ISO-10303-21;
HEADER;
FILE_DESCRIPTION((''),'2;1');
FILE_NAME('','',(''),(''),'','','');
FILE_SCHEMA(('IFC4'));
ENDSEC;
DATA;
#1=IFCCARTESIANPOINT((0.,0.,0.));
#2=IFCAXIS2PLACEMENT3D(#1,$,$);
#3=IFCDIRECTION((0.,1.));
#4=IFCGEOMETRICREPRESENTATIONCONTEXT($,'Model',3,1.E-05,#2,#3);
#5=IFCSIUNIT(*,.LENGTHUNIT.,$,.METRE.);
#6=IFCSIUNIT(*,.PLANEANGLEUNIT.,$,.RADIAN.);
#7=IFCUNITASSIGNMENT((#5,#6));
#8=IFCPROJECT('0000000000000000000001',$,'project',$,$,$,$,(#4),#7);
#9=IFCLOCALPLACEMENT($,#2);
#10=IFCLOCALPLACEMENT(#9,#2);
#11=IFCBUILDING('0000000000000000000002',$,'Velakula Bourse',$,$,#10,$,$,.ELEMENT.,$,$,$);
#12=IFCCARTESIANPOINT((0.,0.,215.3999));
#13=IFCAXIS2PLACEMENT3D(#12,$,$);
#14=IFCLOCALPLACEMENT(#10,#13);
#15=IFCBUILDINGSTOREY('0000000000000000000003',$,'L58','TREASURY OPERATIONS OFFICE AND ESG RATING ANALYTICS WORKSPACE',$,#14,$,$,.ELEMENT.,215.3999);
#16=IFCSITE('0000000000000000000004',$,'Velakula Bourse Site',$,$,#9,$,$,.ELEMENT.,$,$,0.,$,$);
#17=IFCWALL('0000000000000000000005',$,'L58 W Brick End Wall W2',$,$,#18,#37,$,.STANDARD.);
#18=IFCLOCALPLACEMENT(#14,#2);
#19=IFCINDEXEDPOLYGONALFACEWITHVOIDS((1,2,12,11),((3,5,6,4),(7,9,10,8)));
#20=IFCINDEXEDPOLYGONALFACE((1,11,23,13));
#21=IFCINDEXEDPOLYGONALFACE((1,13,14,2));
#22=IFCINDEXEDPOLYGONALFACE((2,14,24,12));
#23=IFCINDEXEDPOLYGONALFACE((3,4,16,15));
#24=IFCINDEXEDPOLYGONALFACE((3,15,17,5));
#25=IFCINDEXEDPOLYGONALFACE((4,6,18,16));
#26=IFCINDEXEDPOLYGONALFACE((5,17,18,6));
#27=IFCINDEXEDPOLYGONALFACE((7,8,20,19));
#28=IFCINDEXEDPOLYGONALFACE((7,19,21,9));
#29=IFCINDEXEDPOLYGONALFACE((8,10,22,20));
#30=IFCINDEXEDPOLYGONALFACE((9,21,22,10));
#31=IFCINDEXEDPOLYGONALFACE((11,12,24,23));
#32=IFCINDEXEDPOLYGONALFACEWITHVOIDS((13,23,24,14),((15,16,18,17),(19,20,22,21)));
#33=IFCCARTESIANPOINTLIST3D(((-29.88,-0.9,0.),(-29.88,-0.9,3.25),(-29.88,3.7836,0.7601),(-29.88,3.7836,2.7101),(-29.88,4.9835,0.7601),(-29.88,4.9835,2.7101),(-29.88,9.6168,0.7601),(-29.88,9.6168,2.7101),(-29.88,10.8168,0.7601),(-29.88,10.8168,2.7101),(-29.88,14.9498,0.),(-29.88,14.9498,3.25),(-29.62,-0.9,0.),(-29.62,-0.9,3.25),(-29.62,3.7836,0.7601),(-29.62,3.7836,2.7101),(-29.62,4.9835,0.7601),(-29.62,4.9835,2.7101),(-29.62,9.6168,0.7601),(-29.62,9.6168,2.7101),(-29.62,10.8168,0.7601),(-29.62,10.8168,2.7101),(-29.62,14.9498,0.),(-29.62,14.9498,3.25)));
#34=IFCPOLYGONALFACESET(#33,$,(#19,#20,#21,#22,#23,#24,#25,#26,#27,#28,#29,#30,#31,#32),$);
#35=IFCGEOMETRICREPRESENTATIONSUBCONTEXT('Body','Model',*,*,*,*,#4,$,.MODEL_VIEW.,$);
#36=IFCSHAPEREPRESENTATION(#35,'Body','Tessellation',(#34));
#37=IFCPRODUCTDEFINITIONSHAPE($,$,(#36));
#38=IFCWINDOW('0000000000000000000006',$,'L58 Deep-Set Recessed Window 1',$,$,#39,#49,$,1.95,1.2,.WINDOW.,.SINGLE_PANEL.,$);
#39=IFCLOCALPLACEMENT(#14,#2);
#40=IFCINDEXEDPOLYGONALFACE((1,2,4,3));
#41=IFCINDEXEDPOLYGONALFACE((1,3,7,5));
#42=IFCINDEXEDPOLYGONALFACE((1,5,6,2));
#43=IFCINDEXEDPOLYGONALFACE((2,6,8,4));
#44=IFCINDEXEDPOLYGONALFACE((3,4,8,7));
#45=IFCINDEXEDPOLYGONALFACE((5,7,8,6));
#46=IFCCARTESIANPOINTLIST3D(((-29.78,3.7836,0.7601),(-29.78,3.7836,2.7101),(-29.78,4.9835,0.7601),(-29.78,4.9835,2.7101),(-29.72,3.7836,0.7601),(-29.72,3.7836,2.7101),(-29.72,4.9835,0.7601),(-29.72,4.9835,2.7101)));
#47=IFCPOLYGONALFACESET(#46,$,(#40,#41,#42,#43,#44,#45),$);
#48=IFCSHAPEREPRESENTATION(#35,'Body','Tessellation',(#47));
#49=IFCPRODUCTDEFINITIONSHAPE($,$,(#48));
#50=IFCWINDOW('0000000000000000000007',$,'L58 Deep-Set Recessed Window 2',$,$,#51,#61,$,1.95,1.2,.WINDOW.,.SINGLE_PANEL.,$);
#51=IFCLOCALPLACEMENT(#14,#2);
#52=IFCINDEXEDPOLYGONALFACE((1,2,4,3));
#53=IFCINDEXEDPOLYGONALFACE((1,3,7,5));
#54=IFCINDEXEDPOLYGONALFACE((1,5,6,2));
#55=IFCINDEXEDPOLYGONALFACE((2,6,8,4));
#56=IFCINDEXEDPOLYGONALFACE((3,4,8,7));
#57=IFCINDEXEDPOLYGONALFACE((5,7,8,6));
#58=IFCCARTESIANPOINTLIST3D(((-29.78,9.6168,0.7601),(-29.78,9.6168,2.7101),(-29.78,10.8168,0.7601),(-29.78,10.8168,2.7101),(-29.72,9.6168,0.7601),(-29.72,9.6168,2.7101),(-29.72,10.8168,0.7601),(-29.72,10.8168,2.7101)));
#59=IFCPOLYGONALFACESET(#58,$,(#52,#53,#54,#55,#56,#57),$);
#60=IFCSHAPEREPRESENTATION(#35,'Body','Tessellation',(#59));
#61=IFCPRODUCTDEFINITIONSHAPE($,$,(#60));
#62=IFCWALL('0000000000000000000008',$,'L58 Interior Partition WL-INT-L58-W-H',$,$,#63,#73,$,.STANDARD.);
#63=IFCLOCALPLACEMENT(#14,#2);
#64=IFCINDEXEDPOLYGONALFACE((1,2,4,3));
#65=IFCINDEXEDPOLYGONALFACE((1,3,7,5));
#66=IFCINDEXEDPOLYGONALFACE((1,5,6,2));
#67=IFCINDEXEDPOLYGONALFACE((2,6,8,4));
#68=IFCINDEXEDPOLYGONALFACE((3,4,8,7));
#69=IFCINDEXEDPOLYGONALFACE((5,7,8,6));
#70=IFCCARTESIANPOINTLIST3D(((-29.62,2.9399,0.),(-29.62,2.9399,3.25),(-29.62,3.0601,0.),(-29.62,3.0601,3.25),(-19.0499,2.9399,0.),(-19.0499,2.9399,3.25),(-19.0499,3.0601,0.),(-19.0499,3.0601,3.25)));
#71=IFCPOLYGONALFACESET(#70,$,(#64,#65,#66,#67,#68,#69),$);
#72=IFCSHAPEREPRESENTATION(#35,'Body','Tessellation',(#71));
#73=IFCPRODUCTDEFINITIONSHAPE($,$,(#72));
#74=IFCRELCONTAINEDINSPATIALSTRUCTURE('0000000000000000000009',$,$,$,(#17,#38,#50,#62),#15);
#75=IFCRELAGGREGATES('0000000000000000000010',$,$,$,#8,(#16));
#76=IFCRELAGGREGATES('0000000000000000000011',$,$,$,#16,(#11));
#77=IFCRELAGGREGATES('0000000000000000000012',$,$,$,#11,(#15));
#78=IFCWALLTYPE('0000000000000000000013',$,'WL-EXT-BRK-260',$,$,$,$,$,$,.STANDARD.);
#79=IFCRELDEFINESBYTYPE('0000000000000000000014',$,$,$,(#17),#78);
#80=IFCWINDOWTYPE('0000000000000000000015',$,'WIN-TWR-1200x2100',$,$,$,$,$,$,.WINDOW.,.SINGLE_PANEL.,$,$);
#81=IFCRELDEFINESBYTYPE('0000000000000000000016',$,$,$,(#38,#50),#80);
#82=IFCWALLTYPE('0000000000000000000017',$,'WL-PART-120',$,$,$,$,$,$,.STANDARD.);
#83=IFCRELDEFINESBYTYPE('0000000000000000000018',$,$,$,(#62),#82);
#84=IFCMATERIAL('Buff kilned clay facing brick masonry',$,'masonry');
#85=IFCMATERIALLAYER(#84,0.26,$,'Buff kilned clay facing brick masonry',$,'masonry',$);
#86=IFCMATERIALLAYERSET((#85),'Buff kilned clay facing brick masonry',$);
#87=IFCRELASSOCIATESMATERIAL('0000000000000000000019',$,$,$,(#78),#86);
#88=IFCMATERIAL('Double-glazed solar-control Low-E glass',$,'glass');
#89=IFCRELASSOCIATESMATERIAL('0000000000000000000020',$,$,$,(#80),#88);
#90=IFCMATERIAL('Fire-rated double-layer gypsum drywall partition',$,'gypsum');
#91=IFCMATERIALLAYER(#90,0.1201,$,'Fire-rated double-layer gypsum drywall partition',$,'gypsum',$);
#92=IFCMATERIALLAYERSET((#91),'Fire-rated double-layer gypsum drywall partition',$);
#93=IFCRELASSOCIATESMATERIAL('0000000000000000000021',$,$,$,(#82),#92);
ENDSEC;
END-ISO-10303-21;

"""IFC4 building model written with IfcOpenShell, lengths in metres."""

from ifc_helpers import new_model, si_unit, direction, frame, frame_2d, origin, place, context, subcontext, project, spatial, rectangle, extrude, material, layer, layer_set, type_object, element, fill, save


model = new_model("IFC4")

# Units and contexts
model_context = context("Model", 3, precision=1e-05, world=origin(), true_north=direction((0.0, 1.0)))
body_context = subcontext(model_context, "Body", "Model", "MODEL_VIEW")
ifc_project = project(units=[si_unit("LENGTHUNIT", "METRE"), si_unit("PLANEANGLEUNIT", "RADIAN")], contexts=[model_context])

# Site, building, storey
site_placement = place(None, origin())
site = spatial("IfcSite", under=ifc_project, at=site_placement, Name="Velakula Bourse Site", CompositionType="ELEMENT", RefElevation=0.0)
building_placement = place(site_placement, origin())
building = spatial("IfcBuilding", under=site, at=building_placement, Name="Velakula Bourse", CompositionType="ELEMENT")
storey_placement = place(building_placement, frame((0.0, 0.0, 215.3999)))
storey = spatial("IfcBuildingStorey", under=building, at=storey_placement, Name="L58", Description="TREASURY OPERATIONS OFFICE AND ESG RATING ANALYTICS WORKSPACE", CompositionType="ELEMENT", Elevation=215.3999)

# Wall, openings, windows
ifc_material_1 = material(Name="Buff kilned clay facing brick masonry", Category="masonry")
ifc_layer_1 = layer(ifc_material_1, 0.26, Name="Buff kilned clay facing brick masonry", Category="masonry")
ifc_layer_set_1 = layer_set([ifc_layer_1], Name="Buff kilned clay facing brick masonry")
wall_type_1 = type_object("IfcWallType", Name="WL-EXT-BRK-260", PredefinedType="STANDARD", material=ifc_layer_set_1)
wall_1_placement = place(storey_placement, frame((-29.75, -0.8999, 0.0), z_axis=(0.0, 0.0, 1.0), x_axis=(0.0, 1.0, 0.0)))
wall_1 = element("IfcWall", 1, at=wall_1_placement, inside=storey, type_object=wall_type_1, Name="L58 W Brick End Wall W2", PredefinedType="STANDARD", context=body_context, shape_type="SweptSolid", body=[
    extrude(rectangle(XDim=15.8499, YDim=0.26, at=frame_2d((7.9248, 0.0))), origin(), (0.0, 0.0, 1.0), 3.25),
])
opening_1_placement = place(wall_1_placement, frame((4.6833, 0.0, 0.76)))
opening_1 = element("IfcOpeningElement", 2, at=opening_1_placement, cuts=wall_1, PredefinedType="OPENING", context=body_context, shape_type="SweptSolid", body=[
    extrude(rectangle(XDim=1.2, YDim=1.95, at=frame_2d((0.6001, 0.9751))), frame((0.0, 0.1399, 0.0), z_axis=(0.0, -1.0, 0.0), x_axis=(1.0, 0.0, 0.0)), (0.0, 0.0, 1.0), 0.28),
])
opening_2_placement = place(wall_1_placement, frame((10.5166, 0.0, 0.76)))
opening_2 = element("IfcOpeningElement", 3, at=opening_2_placement, cuts=wall_1, PredefinedType="OPENING", context=body_context, shape_type="SweptSolid", body=[
    extrude(rectangle(XDim=1.2, YDim=1.95, at=frame_2d((0.6001, 0.9751))), frame((0.0, 0.1399, 0.0), z_axis=(0.0, -1.0, 0.0), x_axis=(1.0, 0.0, 0.0)), (0.0, 0.0, 1.0), 0.28),
])
ifc_material_2 = material(Name="Double-glazed solar-control Low-E glass", Category="glass")
window_type = type_object("IfcWindowType", Name="WIN-TWR-1200x2100", PartitioningType="SINGLE_PANEL", PredefinedType="WINDOW", material=ifc_material_2)
window_1_placement = place(opening_1_placement, origin())
window_1 = element("IfcWindow", 4, at=window_1_placement, inside=storey, type_object=window_type, Name="L58 Deep-Set Recessed Window 1", OverallHeight=1.95, OverallWidth=1.2, PartitioningType="SINGLE_PANEL", PredefinedType="WINDOW", context=body_context, shape_type="SweptSolid", body=[
    extrude(rectangle(XDim=1.2, YDim=1.95, at=frame_2d((0.6001, 0.9751))), frame((0.0, 0.03, 0.0), z_axis=(0.0, -1.0, 0.0), x_axis=(1.0, 0.0, 0.0)), (0.0, 0.0, 1.0), 0.0601),
])
fill(opening_1, window_1)
window_2_placement = place(opening_2_placement, origin())
window_2 = element("IfcWindow", 5, at=window_2_placement, inside=storey, type_object=window_type, Name="L58 Deep-Set Recessed Window 2", OverallHeight=1.95, OverallWidth=1.2, PartitioningType="SINGLE_PANEL", PredefinedType="WINDOW", context=body_context, shape_type="SweptSolid", body=[
    extrude(rectangle(XDim=1.2, YDim=1.95, at=frame_2d((0.6001, 0.9751))), frame((0.0, 0.03, 0.0), z_axis=(0.0, -1.0, 0.0), x_axis=(1.0, 0.0, 0.0)), (0.0, 0.0, 1.0), 0.0601),
])
fill(opening_2, window_2)

# Wall
ifc_material_3 = material(Name="Fire-rated double-layer gypsum drywall partition", Category="gypsum")
ifc_layer_2 = layer(ifc_material_3, 0.1201, Name="Fire-rated double-layer gypsum drywall partition", Category="gypsum")
ifc_layer_set_2 = layer_set([ifc_layer_2], Name="Fire-rated double-layer gypsum drywall partition")
wall_type_2 = type_object("IfcWallType", Name="WL-PART-120", PredefinedType="STANDARD", material=ifc_layer_set_2)
wall_2_placement = place(storey_placement, frame((-29.6201, 3.0, 0.0), z_axis=(0.0, 0.0, 1.0), x_axis=(1.0, 0.0, 0.0)))
element("IfcWall", 6, at=wall_2_placement, inside=storey, type_object=wall_type_2, Name="L58 Interior Partition WL-INT-L58-W-H", PredefinedType="STANDARD", context=body_context, shape_type="SweptSolid", body=[
    extrude(rectangle(XDim=10.5701, YDim=0.1201, at=frame_2d((5.2852, 0.0))), origin(), (0.0, 0.0, 1.0), 3.25),
])

save(model, "model.ifc")
